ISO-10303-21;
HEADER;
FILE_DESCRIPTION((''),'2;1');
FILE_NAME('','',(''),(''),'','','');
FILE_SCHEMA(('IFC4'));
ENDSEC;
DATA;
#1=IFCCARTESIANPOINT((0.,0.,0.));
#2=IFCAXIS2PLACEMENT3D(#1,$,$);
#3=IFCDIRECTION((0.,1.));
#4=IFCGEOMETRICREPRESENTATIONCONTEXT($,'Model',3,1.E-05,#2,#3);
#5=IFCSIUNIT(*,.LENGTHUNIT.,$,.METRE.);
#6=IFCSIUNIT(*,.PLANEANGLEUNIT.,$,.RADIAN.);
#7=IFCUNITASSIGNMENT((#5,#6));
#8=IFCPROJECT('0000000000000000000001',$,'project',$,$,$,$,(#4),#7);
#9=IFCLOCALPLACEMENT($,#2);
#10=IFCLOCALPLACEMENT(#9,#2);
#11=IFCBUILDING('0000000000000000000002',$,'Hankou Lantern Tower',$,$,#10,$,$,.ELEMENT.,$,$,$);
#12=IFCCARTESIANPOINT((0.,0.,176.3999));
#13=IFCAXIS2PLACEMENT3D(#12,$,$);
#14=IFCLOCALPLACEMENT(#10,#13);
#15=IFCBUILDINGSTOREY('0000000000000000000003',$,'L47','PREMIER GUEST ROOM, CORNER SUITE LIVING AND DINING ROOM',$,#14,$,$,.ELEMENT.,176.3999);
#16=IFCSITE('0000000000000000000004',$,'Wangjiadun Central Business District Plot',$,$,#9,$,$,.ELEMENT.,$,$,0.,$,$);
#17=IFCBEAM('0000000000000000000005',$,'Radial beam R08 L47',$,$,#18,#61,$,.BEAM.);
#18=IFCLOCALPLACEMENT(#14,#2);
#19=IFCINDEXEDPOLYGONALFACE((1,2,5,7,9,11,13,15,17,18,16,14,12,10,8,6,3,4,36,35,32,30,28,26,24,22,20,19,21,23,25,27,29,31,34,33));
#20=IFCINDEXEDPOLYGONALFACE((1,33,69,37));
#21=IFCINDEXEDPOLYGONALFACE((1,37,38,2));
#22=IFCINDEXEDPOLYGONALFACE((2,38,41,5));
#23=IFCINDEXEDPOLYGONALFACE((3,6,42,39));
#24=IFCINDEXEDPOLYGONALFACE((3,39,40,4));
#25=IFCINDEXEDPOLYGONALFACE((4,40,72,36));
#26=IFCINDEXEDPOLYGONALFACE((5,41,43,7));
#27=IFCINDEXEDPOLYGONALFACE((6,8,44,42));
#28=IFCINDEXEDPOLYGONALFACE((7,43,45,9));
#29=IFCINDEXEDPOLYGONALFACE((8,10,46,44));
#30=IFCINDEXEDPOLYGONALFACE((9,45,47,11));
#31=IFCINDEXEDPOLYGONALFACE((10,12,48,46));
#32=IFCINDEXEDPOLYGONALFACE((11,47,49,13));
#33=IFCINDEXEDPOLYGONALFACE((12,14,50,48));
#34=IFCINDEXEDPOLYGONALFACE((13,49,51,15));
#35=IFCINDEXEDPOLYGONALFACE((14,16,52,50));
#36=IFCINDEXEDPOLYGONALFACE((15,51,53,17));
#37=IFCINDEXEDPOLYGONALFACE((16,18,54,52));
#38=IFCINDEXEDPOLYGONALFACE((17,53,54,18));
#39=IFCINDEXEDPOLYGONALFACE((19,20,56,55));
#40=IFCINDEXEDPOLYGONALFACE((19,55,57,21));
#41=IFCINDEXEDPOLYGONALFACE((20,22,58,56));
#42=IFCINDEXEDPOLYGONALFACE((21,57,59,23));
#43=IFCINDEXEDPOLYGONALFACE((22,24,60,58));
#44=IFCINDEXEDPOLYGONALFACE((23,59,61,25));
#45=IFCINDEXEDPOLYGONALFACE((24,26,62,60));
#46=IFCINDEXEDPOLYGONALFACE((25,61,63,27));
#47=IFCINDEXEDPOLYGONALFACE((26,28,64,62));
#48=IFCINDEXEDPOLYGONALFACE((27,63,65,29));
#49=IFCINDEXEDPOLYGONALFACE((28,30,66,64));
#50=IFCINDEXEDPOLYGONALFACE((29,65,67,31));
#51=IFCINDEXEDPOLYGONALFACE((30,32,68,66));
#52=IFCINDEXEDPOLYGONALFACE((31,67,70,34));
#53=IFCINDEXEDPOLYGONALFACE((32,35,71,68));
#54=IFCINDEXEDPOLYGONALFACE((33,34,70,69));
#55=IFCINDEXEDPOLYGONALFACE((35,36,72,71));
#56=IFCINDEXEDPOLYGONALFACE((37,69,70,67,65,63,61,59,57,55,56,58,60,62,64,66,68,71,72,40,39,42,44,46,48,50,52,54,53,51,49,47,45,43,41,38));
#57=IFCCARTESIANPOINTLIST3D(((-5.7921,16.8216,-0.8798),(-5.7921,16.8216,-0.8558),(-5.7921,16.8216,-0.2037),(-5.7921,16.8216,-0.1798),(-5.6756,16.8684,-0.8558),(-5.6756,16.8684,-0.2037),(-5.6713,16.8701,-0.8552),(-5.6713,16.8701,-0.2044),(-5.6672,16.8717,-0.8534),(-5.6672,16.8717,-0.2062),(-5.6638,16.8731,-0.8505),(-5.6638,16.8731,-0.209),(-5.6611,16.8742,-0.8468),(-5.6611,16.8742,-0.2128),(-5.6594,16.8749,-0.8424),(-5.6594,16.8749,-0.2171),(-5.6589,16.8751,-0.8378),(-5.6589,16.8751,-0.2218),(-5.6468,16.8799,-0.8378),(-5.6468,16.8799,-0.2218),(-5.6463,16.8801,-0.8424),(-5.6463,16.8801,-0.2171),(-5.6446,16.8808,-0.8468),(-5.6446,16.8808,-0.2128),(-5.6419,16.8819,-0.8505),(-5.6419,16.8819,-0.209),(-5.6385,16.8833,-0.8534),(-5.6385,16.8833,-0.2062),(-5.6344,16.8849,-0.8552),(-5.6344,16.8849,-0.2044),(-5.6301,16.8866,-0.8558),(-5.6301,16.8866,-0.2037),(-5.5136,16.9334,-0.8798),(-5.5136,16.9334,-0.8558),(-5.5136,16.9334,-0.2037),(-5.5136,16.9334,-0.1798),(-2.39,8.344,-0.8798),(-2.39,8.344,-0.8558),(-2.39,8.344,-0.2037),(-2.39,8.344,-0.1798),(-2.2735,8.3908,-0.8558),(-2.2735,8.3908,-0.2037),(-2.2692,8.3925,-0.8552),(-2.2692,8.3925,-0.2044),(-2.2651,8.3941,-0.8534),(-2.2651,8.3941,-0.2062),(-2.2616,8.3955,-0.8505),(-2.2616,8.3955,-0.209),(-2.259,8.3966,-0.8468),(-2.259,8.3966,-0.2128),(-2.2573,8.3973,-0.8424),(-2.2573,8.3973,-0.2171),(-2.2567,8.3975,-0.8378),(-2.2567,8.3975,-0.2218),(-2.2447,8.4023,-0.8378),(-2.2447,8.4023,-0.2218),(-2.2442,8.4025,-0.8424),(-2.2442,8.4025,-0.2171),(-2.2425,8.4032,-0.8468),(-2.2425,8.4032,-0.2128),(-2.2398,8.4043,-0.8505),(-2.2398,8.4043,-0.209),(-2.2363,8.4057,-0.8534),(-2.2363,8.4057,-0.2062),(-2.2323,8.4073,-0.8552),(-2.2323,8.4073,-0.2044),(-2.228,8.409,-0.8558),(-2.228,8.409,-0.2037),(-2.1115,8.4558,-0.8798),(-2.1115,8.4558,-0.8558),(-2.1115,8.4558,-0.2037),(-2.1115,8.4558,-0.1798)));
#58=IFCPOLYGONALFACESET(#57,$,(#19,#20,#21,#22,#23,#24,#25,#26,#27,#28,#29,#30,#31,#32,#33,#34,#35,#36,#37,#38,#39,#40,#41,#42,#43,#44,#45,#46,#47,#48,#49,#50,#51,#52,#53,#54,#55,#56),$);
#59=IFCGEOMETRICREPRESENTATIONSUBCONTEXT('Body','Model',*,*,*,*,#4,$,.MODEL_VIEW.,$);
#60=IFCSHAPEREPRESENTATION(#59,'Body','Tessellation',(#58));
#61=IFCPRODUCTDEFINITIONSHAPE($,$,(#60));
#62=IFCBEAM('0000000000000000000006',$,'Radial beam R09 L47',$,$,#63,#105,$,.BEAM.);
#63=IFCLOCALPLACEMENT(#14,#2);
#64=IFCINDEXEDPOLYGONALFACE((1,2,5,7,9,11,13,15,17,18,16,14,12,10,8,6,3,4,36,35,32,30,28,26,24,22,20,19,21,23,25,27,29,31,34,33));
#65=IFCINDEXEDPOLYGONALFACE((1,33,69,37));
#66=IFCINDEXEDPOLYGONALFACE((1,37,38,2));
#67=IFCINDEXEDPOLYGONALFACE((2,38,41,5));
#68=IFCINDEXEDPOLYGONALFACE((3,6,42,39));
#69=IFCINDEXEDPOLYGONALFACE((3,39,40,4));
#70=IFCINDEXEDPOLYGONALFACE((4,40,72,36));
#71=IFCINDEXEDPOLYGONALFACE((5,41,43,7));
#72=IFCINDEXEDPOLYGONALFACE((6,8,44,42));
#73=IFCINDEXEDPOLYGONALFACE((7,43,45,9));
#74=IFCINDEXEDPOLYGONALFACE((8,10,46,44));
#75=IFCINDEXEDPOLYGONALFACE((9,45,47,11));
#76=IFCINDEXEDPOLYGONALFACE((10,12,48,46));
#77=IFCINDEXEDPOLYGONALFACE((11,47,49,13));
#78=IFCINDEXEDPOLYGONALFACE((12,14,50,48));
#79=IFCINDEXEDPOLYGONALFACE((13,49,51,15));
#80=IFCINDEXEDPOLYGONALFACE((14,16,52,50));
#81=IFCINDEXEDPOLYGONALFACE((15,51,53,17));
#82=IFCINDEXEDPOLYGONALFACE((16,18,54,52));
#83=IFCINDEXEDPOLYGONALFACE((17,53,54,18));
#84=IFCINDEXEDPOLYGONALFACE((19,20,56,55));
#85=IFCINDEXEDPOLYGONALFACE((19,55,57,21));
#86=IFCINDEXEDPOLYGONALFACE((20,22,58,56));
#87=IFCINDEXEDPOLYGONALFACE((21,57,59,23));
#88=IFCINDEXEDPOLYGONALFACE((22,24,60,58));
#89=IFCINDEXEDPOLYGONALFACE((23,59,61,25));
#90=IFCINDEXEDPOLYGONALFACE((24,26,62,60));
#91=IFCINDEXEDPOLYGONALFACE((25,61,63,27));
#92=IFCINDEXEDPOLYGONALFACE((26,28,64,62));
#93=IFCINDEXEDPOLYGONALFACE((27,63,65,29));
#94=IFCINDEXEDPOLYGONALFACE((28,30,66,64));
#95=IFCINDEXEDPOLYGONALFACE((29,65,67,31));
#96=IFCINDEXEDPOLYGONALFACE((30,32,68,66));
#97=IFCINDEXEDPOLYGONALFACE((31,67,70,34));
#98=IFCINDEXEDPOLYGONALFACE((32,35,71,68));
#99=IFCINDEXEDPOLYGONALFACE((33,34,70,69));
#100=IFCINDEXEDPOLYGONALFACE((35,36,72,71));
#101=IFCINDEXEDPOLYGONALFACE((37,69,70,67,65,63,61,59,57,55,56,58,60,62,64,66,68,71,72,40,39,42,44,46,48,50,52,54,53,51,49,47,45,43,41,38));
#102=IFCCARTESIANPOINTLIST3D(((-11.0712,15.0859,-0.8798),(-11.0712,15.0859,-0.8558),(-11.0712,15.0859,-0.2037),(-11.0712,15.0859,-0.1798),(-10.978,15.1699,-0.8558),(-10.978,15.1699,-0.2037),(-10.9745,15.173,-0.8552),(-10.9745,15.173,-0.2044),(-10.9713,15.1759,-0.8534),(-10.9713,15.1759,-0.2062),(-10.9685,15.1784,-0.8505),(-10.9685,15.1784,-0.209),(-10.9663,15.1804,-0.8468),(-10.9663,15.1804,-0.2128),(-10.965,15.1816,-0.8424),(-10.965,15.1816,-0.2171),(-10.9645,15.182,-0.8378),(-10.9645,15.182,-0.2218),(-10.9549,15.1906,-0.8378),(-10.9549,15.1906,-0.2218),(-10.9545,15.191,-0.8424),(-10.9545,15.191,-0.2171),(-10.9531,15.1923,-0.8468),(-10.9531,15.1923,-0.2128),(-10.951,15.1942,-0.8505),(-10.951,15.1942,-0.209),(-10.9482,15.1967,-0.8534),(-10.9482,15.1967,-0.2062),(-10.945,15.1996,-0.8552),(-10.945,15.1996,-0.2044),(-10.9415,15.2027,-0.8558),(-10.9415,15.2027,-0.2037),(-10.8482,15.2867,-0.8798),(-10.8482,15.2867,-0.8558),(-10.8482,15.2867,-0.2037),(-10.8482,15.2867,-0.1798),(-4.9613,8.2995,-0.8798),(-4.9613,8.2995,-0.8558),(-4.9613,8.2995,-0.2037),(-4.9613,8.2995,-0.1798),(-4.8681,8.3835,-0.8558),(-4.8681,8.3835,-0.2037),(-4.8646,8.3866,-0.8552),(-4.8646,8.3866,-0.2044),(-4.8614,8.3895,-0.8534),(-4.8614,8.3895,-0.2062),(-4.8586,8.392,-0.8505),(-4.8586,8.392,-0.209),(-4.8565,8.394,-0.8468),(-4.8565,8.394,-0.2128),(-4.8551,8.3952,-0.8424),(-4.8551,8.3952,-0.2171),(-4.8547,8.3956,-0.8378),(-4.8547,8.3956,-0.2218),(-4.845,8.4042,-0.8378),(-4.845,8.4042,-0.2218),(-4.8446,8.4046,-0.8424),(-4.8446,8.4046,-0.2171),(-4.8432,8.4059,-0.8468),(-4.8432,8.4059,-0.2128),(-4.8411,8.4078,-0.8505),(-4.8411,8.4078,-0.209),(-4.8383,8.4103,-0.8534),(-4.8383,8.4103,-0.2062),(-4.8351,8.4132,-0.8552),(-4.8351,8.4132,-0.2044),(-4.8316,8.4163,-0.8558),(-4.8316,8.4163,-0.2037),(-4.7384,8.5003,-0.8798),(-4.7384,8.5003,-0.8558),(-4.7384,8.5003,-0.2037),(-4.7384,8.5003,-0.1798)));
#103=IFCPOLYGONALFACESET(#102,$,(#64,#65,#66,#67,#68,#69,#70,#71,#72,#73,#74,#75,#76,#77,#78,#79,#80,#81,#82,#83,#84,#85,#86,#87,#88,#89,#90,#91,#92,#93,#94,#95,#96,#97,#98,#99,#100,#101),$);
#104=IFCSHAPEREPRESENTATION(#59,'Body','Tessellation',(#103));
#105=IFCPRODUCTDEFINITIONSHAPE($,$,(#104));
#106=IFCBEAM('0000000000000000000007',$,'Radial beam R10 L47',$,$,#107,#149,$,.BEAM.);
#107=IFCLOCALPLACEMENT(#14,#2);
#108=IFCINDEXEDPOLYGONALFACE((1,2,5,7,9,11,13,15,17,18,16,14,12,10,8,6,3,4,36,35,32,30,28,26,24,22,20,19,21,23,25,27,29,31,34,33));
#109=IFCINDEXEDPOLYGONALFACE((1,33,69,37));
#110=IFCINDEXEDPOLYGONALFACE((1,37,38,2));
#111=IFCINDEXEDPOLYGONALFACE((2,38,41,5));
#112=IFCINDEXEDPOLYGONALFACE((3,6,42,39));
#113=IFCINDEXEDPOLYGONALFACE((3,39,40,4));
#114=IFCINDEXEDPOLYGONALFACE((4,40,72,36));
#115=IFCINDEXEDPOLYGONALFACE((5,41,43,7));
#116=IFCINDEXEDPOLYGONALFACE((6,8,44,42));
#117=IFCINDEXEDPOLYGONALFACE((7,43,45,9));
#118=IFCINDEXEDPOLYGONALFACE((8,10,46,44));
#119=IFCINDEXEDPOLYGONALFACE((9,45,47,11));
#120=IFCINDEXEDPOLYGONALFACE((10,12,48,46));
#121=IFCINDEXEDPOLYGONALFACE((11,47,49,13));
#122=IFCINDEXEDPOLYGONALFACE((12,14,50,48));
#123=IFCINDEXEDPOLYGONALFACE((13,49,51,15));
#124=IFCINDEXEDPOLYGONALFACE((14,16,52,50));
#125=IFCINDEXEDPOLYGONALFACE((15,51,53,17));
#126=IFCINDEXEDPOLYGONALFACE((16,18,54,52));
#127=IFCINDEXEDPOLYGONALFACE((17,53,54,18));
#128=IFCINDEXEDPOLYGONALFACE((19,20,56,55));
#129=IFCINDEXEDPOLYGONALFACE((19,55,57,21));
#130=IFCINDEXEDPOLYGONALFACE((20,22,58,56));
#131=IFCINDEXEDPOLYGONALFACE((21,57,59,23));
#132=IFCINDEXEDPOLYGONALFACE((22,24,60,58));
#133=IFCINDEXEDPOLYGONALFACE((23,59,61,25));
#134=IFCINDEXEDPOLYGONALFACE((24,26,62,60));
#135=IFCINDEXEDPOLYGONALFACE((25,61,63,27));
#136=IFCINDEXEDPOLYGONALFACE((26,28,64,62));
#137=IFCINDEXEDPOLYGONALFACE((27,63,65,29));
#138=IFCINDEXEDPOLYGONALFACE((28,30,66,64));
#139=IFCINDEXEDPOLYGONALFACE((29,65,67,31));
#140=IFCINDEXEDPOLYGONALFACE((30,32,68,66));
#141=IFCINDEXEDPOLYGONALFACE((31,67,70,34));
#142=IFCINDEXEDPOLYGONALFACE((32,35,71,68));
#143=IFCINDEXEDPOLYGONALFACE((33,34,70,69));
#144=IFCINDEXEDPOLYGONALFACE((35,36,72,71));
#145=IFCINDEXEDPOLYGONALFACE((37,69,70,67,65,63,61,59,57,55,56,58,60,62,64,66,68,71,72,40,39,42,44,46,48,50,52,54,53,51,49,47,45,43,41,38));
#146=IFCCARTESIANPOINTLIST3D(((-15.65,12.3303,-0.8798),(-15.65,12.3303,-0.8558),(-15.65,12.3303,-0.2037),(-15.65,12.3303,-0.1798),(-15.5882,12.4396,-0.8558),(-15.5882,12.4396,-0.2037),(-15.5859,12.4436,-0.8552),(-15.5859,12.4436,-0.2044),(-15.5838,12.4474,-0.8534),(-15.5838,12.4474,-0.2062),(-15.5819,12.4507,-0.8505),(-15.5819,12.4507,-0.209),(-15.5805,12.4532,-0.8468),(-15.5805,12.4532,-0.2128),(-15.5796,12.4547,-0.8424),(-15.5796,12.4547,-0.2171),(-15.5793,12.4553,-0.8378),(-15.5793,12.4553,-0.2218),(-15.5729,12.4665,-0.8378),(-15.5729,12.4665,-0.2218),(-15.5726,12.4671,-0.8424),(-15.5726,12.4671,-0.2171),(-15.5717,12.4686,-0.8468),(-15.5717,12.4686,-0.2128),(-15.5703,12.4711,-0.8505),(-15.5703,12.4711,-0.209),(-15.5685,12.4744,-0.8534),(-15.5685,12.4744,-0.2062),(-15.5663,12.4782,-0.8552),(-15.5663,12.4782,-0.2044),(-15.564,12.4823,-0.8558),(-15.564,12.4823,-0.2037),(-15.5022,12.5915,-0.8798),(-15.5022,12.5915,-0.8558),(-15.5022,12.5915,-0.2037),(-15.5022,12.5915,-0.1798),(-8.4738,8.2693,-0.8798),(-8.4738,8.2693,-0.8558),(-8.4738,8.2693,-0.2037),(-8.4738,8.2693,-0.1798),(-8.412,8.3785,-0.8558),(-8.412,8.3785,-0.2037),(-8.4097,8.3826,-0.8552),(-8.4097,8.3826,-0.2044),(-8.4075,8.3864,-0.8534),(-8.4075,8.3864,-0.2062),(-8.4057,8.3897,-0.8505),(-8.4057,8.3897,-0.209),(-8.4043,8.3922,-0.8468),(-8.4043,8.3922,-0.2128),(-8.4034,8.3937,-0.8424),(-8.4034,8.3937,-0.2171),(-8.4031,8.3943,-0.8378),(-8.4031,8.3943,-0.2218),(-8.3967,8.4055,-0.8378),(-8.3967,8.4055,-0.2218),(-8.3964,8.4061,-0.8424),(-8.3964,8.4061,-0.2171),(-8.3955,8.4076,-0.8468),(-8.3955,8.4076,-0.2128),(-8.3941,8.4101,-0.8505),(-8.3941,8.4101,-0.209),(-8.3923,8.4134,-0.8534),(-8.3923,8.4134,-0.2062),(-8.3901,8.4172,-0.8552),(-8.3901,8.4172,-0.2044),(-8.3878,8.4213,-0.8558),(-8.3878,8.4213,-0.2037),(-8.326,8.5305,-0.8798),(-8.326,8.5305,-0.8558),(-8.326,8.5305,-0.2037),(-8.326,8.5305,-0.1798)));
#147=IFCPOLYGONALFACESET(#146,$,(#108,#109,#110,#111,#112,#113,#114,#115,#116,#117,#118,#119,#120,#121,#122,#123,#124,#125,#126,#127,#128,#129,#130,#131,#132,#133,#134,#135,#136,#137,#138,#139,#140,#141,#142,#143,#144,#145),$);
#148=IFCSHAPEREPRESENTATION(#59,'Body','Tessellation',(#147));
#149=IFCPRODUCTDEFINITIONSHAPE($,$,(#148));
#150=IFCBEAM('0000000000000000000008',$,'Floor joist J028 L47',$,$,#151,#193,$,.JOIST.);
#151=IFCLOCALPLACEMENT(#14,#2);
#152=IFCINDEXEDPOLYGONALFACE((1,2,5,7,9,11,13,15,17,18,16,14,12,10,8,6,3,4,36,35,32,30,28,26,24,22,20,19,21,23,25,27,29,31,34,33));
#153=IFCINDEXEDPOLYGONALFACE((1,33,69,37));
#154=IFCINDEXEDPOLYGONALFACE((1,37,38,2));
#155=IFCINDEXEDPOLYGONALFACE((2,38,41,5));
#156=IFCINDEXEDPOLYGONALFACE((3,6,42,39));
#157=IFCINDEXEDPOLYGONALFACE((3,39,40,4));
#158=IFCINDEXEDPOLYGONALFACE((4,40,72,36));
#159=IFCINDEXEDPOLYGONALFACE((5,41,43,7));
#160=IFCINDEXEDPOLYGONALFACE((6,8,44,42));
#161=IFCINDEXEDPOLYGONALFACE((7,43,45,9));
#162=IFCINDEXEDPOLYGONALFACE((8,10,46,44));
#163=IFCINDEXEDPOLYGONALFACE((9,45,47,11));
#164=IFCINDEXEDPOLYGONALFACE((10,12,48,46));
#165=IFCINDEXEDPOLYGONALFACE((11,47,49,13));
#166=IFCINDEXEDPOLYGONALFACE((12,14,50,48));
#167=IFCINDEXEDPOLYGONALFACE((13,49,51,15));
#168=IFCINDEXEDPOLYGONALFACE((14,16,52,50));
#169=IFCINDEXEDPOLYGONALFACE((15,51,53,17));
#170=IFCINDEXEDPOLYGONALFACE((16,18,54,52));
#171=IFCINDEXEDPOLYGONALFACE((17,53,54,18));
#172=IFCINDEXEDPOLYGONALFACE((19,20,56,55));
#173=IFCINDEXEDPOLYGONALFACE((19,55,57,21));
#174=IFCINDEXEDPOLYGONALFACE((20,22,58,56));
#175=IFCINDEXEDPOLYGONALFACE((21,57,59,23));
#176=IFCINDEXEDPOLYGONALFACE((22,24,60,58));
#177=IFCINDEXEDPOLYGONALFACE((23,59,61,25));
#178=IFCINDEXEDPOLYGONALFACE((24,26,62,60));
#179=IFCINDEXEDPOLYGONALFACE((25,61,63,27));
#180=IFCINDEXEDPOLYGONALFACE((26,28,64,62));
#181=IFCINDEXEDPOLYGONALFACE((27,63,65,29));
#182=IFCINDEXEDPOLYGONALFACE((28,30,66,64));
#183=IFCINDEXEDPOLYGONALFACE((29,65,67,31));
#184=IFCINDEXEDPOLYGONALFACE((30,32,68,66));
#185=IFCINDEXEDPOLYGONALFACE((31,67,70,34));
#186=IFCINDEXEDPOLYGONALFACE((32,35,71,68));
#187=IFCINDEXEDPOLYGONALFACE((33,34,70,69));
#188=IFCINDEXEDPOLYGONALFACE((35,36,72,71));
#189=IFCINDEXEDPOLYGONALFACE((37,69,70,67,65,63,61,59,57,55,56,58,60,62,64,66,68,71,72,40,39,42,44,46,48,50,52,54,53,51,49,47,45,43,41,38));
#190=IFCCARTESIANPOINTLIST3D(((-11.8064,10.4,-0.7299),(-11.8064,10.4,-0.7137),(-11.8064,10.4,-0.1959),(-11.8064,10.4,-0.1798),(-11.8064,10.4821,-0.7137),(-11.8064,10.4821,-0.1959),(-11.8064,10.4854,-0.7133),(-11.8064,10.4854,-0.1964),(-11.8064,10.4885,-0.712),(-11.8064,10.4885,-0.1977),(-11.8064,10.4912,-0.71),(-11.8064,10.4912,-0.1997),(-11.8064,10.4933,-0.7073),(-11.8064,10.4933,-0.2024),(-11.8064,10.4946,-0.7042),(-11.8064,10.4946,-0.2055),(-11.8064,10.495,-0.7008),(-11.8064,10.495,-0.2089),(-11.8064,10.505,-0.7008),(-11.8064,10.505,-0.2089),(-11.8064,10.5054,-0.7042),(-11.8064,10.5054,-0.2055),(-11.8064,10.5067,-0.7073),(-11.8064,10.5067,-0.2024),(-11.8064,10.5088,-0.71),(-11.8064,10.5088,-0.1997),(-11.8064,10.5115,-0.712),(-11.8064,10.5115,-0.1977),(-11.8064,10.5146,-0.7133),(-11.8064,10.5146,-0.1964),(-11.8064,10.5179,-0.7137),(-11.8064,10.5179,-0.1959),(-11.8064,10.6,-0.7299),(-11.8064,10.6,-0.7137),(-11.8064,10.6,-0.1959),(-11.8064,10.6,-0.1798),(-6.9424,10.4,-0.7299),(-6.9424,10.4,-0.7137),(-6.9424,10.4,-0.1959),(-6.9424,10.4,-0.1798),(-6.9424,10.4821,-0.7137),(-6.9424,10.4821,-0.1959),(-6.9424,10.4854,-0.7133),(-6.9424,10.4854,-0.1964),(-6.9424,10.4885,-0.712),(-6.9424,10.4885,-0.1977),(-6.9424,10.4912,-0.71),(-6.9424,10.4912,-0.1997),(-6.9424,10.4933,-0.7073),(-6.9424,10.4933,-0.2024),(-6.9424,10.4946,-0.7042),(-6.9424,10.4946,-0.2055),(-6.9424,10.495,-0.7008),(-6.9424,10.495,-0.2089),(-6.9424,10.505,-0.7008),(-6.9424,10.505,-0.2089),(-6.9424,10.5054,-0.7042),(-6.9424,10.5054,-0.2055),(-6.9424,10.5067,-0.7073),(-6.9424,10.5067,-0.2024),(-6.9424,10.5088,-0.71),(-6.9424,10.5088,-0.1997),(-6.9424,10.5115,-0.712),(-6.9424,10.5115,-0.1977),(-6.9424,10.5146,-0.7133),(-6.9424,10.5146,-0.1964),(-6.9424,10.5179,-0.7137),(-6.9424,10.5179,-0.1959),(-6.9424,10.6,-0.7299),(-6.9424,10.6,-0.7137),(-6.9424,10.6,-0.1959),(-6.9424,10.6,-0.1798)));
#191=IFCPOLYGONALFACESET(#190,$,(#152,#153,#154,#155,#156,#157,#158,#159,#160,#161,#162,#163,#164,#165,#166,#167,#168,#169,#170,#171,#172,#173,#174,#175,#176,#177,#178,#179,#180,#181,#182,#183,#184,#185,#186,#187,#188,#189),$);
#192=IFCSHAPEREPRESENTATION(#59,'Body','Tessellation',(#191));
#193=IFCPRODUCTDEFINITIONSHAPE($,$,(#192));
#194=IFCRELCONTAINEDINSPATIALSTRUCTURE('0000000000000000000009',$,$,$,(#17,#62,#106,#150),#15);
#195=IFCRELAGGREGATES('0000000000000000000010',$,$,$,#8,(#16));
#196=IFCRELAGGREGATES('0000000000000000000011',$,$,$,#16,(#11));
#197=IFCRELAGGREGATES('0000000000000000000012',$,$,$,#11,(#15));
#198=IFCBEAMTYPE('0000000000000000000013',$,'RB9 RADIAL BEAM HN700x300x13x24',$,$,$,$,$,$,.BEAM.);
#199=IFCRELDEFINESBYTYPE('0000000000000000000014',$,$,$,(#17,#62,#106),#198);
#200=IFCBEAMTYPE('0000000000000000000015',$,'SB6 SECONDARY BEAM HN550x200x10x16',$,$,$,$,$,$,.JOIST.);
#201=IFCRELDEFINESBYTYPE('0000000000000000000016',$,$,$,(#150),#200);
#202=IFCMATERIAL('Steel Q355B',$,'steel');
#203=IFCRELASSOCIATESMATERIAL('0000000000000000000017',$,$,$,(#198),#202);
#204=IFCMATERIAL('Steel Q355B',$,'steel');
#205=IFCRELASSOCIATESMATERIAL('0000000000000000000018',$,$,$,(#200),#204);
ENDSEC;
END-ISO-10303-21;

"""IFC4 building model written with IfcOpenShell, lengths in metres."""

from ifc_helpers import new_model, si_unit, direction, frame, origin, origin_2d, place, context, subcontext, project, spatial, i_section, extrude, material, material_profile, profile_set, type_object, element, save


model = new_model("IFC4")

# Units and contexts
model_context = context("Model", 3, precision=1e-05, world=origin(), true_north=direction((0.0, 1.0)))
body_context = subcontext(model_context, "Body", "Model", "MODEL_VIEW")
ifc_project = project(units=[si_unit("LENGTHUNIT", "METRE"), si_unit("PLANEANGLEUNIT", "RADIAN")], contexts=[model_context])

# Site, building, storey
site_placement = place(None, origin())
site = spatial("IfcSite", under=ifc_project, at=site_placement, Name="Wangjiadun Central Business District Plot", CompositionType="ELEMENT", RefElevation=0.0)
building_placement = place(site_placement, origin())
building = spatial("IfcBuilding", under=site, at=building_placement, Name="Hankou Lantern Tower", CompositionType="ELEMENT")
storey_placement = place(building_placement, frame((0.0, 0.0, 176.3999)))
storey = spatial("IfcBuildingStorey", under=building, at=storey_placement, Name="L47", Description="PREMIER GUEST ROOM, CORNER SUITE LIVING AND DINING ROOM", CompositionType="ELEMENT", Elevation=176.3999)

# Beams
ifc_material_1 = material(Name="Steel Q355B", Category="steel")
ifc_material_profile_1 = material_profile(ifc_material_1, i_section(OverallWidth=0.3, OverallDepth=0.7, WebThickness=0.0129, FlangeThickness=0.0239, FilletRadius=0.0181, at=origin_2d()), Name="HN700x300x13x24")
ifc_profile_set_1 = profile_set([ifc_material_profile_1], Name="Steel Q355B")
beam_type_1 = type_object("IfcBeamType", Name="RB9 RADIAL BEAM HN700x300x13x24", PredefinedType="BEAM", material=ifc_profile_set_1)
beam_1_placement = place(storey_placement, frame((-2.2507, 8.3999, -0.5298), z_axis=(-0.372436, 0.928058, 0.0), x_axis=(-0.928058, -0.372436, 0.0)))
element("IfcBeam", 1, at=beam_1_placement, inside=storey, type_object=beam_type_1, Name="Radial beam R08 L47", PredefinedType="BEAM", context=body_context, shape_type="SweptSolid", body=[
    extrude(i_section(OverallWidth=0.3, OverallDepth=0.7, WebThickness=0.0129, FlangeThickness=0.0239, FilletRadius=0.0181, at=origin_2d()), origin(), (0.0, 0.0, 1.0), 9.1348),
])
beam_2_placement = place(storey_placement, frame((-4.8499, 8.3999, -0.5298), z_axis=(-0.669093, 0.743178, 0.0), x_axis=(-0.743178, -0.669093, 0.0)))
element("IfcBeam", 2, at=beam_2_placement, inside=storey, type_object=beam_type_1, Name="Radial beam R09 L47", PredefinedType="BEAM", context=body_context, shape_type="SweptSolid", body=[
    extrude(i_section(OverallWidth=0.3, OverallDepth=0.7, WebThickness=0.0129, FlangeThickness=0.0239, FilletRadius=0.0181, at=origin_2d()), origin(), (0.0, 0.0, 1.0), 9.1316),
])
beam_3_placement = place(storey_placement, frame((-8.3999, 8.3999, -0.5298), z_axis=(-0.870309, 0.492506, 0.0), x_axis=(-0.492506, -0.870309, 0.0)))
element("IfcBeam", 3, at=beam_3_placement, inside=storey, type_object=beam_type_1, Name="Radial beam R10 L47", PredefinedType="BEAM", context=body_context, shape_type="SweptSolid", body=[
    extrude(i_section(OverallWidth=0.3, OverallDepth=0.7, WebThickness=0.0129, FlangeThickness=0.0239, FilletRadius=0.0181, at=origin_2d()), origin(), (0.0, 0.0, 1.0), 8.2456),
])
ifc_material_2 = material(Name="Steel Q355B", Category="steel")
ifc_material_profile_2 = material_profile(ifc_material_2, i_section(OverallWidth=0.2, OverallDepth=0.55, WebThickness=0.01, FlangeThickness=0.0161, FilletRadius=0.0129, at=origin_2d()), Name="HN550x200x10x16")
ifc_profile_set_2 = profile_set([ifc_material_profile_2], Name="Steel Q355B")
beam_type_2 = type_object("IfcBeamType", Name="SB6 SECONDARY BEAM HN550x200x10x16", PredefinedType="JOIST", material=ifc_profile_set_2)
beam_4_placement = place(storey_placement, frame((-11.8064, 10.5, -0.4548), z_axis=(1.0, 0.0, 0.0), x_axis=(0.0, 1.0, 0.0)))
element("IfcBeam", 4, at=beam_4_placement, inside=storey, type_object=beam_type_2, Name="Floor joist J028 L47", PredefinedType="JOIST", context=body_context, shape_type="SweptSolid", body=[
    extrude(i_section(OverallWidth=0.2, OverallDepth=0.55, WebThickness=0.01, FlangeThickness=0.0161, FilletRadius=0.0129, at=origin_2d()), origin(), (0.0, 0.0, 1.0), 4.864),
])

save(model, "model.ifc")
